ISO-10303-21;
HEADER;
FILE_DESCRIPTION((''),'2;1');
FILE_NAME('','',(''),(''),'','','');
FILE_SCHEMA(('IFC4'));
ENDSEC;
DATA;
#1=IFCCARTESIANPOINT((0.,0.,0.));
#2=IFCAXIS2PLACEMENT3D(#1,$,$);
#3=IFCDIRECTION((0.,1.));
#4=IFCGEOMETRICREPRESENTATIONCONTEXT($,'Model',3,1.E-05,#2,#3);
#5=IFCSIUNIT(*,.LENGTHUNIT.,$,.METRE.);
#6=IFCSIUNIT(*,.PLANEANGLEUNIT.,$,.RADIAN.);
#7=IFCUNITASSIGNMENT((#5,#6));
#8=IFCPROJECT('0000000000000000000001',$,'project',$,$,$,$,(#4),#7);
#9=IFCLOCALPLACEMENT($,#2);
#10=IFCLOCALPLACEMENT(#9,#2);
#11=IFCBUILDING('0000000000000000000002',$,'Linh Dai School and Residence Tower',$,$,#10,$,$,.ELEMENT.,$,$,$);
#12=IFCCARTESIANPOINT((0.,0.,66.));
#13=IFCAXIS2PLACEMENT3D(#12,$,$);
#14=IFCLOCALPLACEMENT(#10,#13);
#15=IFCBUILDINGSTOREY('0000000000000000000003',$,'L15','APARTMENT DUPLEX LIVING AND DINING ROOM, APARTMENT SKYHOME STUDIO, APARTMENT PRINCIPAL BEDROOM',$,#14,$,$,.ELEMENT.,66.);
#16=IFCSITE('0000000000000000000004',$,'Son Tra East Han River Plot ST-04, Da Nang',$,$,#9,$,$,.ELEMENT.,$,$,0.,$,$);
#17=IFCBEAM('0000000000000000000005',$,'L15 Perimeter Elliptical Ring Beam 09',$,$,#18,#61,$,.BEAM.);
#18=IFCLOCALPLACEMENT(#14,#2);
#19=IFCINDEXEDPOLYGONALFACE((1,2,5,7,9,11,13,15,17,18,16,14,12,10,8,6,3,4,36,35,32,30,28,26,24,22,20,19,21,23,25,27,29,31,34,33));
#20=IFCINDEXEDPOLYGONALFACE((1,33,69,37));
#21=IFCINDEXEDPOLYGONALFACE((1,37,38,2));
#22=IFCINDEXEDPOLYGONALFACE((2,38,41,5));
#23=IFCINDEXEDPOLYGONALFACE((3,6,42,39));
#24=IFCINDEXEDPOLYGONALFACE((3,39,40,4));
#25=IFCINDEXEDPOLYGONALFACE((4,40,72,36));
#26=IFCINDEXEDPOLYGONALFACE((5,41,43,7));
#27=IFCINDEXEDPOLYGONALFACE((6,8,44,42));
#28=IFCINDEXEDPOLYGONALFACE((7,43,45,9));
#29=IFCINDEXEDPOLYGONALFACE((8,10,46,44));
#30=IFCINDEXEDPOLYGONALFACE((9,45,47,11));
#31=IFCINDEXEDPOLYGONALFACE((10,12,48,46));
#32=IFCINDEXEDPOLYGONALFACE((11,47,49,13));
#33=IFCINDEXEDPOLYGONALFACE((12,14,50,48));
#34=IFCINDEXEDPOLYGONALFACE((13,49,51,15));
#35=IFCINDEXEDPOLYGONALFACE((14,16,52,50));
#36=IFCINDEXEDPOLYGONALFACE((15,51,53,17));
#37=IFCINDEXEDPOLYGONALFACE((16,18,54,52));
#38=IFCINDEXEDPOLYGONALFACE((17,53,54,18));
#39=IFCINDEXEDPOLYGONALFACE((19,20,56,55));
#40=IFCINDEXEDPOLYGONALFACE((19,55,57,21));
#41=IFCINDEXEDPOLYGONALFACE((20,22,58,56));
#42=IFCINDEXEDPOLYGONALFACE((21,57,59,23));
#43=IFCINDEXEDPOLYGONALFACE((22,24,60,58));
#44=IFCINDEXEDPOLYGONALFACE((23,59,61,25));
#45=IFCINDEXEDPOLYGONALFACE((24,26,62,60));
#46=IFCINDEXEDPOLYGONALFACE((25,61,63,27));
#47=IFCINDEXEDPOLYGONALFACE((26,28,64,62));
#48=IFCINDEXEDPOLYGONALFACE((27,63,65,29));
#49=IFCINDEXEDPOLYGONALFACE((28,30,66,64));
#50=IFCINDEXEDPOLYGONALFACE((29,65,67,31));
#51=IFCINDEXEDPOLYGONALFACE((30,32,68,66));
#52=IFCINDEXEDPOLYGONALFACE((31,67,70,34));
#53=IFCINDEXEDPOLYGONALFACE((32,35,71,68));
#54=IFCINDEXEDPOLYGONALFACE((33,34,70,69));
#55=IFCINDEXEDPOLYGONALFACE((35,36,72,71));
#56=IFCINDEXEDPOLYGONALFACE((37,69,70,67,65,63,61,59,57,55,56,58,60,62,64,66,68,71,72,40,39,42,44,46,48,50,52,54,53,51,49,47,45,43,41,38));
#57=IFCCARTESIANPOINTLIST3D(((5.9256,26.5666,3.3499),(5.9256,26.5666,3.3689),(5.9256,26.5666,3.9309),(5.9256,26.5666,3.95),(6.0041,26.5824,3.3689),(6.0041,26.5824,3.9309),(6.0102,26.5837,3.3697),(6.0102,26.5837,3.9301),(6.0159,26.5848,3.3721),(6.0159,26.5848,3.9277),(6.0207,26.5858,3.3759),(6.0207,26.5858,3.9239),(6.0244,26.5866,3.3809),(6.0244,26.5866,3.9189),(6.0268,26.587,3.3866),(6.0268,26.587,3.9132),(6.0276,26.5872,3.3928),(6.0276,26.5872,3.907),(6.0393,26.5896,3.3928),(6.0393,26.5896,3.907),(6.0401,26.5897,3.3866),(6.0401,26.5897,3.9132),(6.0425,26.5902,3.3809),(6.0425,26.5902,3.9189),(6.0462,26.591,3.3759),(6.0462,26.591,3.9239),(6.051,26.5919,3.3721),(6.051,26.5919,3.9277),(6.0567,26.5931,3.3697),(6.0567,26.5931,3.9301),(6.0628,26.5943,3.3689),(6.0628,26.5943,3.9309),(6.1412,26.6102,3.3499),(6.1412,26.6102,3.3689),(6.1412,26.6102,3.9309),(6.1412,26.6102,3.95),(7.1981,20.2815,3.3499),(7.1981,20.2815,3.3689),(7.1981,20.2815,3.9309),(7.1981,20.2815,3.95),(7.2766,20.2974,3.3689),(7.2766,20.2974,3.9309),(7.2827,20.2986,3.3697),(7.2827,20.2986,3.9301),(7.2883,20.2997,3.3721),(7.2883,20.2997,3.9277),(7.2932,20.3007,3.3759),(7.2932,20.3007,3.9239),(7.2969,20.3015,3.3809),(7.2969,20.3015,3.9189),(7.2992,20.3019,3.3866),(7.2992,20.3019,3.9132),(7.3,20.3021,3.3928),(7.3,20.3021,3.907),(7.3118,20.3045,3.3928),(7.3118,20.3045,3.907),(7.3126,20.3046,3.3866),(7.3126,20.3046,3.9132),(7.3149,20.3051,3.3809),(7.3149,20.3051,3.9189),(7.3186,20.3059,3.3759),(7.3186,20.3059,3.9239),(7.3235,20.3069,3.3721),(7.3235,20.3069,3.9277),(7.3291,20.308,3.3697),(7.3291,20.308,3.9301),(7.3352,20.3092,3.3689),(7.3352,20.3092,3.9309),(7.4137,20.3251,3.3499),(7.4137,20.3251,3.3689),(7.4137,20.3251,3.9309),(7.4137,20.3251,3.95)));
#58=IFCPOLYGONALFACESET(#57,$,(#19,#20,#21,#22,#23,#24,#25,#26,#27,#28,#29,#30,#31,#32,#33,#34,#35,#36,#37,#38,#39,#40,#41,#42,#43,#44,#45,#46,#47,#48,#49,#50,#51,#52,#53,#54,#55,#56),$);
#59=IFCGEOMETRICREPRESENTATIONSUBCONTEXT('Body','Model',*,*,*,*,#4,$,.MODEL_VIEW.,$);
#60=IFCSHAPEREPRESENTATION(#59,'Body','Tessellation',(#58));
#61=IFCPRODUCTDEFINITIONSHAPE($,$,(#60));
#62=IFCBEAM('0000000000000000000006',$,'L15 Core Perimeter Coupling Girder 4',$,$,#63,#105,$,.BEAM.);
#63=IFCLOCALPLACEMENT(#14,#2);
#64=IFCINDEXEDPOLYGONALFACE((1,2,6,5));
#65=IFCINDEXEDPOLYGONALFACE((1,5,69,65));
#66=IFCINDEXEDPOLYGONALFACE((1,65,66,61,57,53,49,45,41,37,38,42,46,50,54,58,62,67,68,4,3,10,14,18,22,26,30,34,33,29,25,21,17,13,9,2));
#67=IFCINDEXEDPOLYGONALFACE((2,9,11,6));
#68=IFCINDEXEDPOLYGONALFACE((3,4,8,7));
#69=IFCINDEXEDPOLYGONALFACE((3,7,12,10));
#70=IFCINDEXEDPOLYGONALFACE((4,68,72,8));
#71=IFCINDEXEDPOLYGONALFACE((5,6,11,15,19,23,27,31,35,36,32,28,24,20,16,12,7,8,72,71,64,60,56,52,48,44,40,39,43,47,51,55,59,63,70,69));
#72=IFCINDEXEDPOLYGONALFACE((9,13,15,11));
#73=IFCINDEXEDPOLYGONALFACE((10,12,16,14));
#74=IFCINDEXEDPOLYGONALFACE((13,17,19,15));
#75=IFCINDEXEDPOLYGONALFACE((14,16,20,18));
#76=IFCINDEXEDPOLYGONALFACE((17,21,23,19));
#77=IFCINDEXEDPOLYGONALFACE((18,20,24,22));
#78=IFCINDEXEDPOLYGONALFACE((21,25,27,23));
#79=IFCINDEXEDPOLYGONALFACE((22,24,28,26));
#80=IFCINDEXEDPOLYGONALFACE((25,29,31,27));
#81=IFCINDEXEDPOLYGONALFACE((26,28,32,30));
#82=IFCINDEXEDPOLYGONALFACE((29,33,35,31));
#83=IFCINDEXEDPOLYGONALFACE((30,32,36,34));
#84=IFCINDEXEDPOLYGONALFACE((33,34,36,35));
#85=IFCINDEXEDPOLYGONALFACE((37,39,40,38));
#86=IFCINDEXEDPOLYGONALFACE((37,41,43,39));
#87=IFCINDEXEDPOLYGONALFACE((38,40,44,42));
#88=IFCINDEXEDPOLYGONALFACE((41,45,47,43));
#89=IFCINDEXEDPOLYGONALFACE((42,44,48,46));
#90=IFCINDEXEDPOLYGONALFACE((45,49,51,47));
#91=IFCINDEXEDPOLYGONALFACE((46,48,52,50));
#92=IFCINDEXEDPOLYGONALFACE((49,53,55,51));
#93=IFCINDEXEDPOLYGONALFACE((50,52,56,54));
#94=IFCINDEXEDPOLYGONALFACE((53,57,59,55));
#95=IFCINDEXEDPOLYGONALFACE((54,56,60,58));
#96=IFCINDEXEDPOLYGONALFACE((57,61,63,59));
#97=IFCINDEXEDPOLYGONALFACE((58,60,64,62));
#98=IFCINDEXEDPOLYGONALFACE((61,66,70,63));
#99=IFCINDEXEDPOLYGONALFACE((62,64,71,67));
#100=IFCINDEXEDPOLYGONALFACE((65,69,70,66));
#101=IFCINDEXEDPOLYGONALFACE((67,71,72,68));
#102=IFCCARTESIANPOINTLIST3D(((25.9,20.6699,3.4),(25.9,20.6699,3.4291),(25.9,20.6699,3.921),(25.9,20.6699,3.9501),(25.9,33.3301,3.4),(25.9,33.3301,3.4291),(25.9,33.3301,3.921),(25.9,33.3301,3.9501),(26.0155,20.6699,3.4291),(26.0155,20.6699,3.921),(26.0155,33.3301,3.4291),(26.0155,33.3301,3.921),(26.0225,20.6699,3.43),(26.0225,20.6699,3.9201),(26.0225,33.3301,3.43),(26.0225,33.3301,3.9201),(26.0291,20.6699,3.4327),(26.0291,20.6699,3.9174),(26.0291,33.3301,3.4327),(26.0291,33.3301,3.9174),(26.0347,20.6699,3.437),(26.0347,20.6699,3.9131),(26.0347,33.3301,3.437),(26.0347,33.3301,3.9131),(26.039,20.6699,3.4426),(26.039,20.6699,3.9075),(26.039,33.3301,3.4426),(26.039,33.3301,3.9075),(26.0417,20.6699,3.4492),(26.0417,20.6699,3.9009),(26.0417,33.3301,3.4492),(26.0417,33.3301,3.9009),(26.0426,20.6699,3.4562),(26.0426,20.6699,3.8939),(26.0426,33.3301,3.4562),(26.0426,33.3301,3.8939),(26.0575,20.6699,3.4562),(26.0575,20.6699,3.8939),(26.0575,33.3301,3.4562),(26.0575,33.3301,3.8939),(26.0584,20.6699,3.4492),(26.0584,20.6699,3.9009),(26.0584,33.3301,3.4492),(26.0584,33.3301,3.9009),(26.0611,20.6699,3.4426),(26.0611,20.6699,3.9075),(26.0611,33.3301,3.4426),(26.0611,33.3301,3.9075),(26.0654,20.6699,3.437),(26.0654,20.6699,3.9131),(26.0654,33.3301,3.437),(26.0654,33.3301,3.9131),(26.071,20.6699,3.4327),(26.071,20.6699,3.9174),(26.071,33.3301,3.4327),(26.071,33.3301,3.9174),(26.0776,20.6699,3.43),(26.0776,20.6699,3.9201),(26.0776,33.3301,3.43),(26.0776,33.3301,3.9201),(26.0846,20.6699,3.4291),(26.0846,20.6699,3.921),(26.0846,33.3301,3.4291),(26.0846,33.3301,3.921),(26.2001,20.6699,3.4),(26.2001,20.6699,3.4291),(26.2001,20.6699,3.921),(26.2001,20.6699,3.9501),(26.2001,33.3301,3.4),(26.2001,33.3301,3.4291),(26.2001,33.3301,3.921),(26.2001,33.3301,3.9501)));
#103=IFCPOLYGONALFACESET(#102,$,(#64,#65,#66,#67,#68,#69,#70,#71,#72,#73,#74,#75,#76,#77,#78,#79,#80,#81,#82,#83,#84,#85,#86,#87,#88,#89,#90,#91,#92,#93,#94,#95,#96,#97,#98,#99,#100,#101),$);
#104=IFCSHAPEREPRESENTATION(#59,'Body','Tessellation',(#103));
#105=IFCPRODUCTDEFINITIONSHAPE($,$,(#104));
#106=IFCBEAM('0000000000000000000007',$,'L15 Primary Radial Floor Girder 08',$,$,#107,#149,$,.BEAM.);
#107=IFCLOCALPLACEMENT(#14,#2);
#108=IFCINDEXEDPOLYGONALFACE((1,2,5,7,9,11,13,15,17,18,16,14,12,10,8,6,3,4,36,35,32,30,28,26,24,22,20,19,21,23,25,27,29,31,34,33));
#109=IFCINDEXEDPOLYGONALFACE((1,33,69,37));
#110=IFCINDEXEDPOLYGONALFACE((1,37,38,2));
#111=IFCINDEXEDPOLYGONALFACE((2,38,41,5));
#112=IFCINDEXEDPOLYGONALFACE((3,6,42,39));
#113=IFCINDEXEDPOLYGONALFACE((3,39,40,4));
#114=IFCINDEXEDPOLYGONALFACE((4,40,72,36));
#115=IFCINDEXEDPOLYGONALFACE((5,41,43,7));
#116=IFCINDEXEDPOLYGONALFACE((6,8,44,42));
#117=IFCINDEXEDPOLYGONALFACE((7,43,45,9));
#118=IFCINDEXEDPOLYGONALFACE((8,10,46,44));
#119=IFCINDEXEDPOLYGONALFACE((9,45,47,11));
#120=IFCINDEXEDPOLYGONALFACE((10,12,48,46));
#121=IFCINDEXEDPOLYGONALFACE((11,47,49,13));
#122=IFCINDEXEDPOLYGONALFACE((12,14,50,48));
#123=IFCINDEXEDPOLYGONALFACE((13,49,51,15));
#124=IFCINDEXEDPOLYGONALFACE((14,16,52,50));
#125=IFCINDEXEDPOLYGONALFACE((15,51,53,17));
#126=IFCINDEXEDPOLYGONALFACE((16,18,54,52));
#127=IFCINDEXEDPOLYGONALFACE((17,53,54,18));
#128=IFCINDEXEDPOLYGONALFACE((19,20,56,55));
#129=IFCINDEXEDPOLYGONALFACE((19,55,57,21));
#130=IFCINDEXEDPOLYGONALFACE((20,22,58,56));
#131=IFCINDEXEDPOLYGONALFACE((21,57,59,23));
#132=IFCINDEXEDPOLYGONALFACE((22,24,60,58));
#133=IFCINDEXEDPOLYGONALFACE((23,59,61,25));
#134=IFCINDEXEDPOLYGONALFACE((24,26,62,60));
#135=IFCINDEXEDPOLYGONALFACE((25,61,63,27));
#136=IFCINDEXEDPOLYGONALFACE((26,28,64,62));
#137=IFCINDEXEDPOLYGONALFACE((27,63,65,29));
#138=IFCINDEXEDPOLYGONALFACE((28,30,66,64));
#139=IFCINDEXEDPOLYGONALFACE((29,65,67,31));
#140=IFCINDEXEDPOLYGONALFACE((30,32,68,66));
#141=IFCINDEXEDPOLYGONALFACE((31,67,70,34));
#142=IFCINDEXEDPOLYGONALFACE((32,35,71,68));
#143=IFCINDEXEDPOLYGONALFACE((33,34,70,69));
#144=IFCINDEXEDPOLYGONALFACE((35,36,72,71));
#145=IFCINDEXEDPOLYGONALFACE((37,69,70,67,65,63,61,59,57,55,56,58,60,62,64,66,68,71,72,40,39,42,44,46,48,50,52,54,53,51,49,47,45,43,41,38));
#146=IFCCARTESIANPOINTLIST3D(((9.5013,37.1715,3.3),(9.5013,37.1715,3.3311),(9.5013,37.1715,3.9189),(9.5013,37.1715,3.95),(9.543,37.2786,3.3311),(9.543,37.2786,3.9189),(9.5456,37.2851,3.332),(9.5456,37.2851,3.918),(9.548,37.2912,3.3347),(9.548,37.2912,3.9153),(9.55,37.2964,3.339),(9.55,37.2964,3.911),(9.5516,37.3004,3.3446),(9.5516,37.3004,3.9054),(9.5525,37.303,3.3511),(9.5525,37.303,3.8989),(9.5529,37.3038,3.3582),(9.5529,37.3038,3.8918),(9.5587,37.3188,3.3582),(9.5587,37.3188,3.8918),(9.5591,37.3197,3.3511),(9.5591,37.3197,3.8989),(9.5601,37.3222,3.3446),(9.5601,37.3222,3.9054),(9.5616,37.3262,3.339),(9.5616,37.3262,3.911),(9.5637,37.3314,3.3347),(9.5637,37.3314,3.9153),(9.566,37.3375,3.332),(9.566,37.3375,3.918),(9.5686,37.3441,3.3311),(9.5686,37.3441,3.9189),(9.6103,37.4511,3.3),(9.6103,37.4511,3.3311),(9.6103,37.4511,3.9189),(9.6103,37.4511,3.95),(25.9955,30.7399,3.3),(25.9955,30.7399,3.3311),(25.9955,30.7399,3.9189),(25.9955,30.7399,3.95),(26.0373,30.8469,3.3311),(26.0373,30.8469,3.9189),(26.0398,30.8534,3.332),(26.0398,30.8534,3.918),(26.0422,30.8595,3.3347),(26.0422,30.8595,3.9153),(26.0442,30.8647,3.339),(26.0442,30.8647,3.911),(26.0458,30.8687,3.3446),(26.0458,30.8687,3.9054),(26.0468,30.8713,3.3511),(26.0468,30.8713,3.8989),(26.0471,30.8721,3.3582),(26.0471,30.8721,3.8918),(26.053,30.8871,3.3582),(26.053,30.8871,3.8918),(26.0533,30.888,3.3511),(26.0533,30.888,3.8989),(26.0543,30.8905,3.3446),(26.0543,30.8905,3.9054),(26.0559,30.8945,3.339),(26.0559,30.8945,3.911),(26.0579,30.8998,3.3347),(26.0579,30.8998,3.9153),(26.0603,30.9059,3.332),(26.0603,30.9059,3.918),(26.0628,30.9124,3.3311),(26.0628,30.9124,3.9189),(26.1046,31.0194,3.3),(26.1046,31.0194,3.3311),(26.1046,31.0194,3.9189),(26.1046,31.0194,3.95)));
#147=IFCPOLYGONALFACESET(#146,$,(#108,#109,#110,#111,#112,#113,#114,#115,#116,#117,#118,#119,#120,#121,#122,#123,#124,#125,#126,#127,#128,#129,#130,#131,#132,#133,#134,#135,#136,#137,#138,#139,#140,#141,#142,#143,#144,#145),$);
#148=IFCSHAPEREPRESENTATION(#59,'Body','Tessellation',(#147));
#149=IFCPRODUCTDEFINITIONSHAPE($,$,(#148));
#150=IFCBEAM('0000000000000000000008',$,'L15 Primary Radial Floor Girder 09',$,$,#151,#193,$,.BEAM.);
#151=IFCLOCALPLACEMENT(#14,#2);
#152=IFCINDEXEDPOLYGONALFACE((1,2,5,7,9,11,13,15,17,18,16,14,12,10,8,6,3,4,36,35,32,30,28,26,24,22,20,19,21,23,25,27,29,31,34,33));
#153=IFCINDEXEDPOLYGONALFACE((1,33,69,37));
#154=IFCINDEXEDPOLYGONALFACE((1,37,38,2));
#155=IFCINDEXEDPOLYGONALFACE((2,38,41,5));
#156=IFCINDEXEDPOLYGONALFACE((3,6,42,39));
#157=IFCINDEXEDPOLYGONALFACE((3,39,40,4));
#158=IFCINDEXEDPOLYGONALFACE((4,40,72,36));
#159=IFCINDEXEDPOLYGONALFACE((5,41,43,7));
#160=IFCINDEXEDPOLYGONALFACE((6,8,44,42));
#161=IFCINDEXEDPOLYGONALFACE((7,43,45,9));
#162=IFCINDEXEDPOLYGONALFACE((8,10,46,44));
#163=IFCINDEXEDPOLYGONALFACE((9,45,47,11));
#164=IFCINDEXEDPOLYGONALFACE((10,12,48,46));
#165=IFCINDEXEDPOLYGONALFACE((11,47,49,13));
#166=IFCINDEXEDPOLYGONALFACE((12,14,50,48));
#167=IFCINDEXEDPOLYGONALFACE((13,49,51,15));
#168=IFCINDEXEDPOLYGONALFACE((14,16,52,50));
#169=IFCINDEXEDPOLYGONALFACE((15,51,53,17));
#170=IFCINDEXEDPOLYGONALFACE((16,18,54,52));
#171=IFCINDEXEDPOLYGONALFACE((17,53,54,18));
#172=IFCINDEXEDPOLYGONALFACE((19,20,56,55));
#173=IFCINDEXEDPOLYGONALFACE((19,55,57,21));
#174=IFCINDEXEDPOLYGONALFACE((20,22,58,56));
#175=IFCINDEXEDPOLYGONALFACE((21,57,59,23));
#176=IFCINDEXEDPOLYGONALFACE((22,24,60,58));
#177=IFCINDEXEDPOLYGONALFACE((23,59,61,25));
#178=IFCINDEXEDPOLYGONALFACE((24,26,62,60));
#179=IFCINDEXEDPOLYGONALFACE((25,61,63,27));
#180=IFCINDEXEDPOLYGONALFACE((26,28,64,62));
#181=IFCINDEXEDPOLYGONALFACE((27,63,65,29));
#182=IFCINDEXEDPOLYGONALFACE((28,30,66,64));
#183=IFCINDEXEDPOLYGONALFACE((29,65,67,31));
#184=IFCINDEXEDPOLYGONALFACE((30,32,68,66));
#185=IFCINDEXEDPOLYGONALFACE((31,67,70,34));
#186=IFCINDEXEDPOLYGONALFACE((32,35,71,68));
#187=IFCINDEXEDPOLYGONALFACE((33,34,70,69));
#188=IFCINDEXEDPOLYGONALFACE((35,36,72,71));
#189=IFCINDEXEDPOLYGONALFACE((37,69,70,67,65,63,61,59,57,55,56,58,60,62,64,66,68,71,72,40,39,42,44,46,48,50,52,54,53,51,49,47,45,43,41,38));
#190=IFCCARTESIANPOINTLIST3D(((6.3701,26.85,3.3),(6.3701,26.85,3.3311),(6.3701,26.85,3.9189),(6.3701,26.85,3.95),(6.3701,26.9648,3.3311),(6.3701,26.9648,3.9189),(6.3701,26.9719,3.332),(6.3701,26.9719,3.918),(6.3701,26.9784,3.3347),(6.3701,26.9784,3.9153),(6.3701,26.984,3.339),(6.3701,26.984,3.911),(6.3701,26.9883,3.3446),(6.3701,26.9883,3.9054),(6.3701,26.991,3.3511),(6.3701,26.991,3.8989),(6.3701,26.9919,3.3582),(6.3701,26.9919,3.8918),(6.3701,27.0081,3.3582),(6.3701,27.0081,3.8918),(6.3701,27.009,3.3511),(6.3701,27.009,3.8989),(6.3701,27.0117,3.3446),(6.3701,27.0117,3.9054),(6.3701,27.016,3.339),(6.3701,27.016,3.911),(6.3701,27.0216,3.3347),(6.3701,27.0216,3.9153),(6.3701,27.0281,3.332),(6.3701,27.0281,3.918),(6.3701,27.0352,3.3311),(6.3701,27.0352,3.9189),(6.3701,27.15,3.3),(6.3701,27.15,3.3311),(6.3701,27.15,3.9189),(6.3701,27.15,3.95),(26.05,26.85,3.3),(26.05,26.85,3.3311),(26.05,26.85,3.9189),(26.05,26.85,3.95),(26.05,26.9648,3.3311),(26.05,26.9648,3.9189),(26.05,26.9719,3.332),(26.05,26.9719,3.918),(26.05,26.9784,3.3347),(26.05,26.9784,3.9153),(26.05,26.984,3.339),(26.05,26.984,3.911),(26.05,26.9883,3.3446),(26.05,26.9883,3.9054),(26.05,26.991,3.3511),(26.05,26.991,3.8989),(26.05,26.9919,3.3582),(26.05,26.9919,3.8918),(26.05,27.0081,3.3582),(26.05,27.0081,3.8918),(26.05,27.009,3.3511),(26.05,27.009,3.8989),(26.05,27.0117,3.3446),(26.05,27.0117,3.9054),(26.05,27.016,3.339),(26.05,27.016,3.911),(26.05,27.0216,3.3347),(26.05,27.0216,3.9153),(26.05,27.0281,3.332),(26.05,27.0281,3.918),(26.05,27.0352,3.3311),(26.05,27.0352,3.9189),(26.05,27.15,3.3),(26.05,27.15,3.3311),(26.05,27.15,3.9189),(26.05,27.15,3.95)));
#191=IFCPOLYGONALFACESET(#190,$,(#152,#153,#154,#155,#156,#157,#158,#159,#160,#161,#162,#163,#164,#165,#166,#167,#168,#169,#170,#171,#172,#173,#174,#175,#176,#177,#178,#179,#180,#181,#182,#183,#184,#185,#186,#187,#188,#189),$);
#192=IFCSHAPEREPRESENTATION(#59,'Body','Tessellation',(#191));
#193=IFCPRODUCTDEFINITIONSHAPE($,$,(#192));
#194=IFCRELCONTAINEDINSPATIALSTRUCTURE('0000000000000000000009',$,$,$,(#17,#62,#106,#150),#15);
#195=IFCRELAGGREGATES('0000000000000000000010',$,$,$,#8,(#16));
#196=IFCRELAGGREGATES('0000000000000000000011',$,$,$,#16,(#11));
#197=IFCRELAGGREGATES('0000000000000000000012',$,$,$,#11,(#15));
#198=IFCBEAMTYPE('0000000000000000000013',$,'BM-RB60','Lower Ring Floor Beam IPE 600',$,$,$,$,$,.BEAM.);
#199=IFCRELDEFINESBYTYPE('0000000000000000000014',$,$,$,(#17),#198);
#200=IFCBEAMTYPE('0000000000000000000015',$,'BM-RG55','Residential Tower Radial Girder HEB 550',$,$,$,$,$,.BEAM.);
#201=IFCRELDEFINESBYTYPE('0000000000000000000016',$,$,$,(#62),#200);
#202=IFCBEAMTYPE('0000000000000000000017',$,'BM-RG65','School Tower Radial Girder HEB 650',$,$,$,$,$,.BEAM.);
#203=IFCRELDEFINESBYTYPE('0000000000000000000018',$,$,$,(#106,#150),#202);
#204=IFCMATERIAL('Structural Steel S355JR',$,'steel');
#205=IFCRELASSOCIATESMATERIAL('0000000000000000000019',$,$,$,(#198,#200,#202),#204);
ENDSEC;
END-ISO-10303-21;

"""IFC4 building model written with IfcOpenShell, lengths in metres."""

from ifc_helpers import new_model, si_unit, direction, frame, origin, origin_2d, place, context, subcontext, project, spatial, i_section, extrude, material, material_profile, profile_set, type_object, element, save


model = new_model("IFC4")

# Units and contexts
model_context = context("Model", 3, precision=1e-05, world=origin(), true_north=direction((0.0, 1.0)))
body_context = subcontext(model_context, "Body", "Model", "MODEL_VIEW")
ifc_project = project(units=[si_unit("LENGTHUNIT", "METRE"), si_unit("PLANEANGLEUNIT", "RADIAN")], contexts=[model_context])

# Site, building, storey
site_placement = place(None, origin())
site = spatial("IfcSite", under=ifc_project, at=site_placement, Name="Son Tra East Han River Plot ST-04, Da Nang", CompositionType="ELEMENT", RefElevation=0.0)
building_placement = place(site_placement, origin())
building = spatial("IfcBuilding", under=site, at=building_placement, Name="Linh Dai School and Residence Tower", CompositionType="ELEMENT")
storey_placement = place(building_placement, frame((0.0, 0.0, 66.0)))
storey = spatial("IfcBuildingStorey", under=building, at=storey_placement, Name="L15", Description="APARTMENT DUPLEX LIVING AND DINING ROOM, APARTMENT SKYHOME STUDIO, APARTMENT PRINCIPAL BEDROOM", CompositionType="ELEMENT", Elevation=66.0)

# Shared definitions
ifc_material_1 = material(Name="Structural Steel S355JR", Category="steel")

# Beams
ifc_material_profile_1 = material_profile(ifc_material_1, i_section(OverallWidth=0.22, OverallDepth=0.6001, WebThickness=0.012, FlangeThickness=0.019, FilletRadius=0.0239, at=origin_2d()), Name="IPE 600")
ifc_profile_set_1 = profile_set([ifc_material_profile_1], Name="Structural Steel S355JR")
beam_type_1 = type_object("IfcBeamType", Name="BM-RB60", Description="Lower Ring Floor Beam IPE 600", PredefinedType="BEAM", material=ifc_profile_set_1)
beam_1_placement = place(storey_placement, frame((6.0334, 26.5884, 3.6499), z_axis=(0.198429, -0.980115, 0.0), x_axis=(0.980115, 0.198429, 0.0)))
element("IfcBeam", 1, at=beam_1_placement, inside=storey, type_object=beam_type_1, Name="L15 Perimeter Elliptical Ring Beam 09", PredefinedType="BEAM", context=body_context, shape_type="SweptSolid", body=[
    extrude(i_section(OverallWidth=0.22, OverallDepth=0.6001, WebThickness=0.012, FlangeThickness=0.019, FilletRadius=0.0239, at=origin_2d()), origin(), (0.0, 0.0, 1.0), 6.4126),
])
ifc_material_profile_2 = material_profile(ifc_material_1, i_section(OverallWidth=0.3, OverallDepth=0.55, WebThickness=0.0149, FlangeThickness=0.0291, FilletRadius=0.0271, at=origin_2d()), Name="HEB 550")
ifc_profile_set_2 = profile_set([ifc_material_profile_2], Name="Structural Steel S355JR")
beam_type_2 = type_object("IfcBeamType", Name="BM-RG55", Description="Residential Tower Radial Girder HEB 550", PredefinedType="BEAM", material=ifc_profile_set_2)
beam_2_placement = place(storey_placement, frame((26.05, 33.3301, 3.675), z_axis=(0.0, -1.0, 0.0), x_axis=(1.0, 0.0, 0.0)))
element("IfcBeam", 2, at=beam_2_placement, inside=storey, type_object=beam_type_2, Name="L15 Core Perimeter Coupling Girder 4", PredefinedType="BEAM", context=body_context, shape_type="SweptSolid", body=[
    extrude(i_section(OverallWidth=0.3, OverallDepth=0.55, WebThickness=0.0149, FlangeThickness=0.0291, FilletRadius=0.0271, at=origin_2d()), origin(), (0.0, 0.0, 1.0), 12.6602),
])
ifc_material_profile_3 = material_profile(ifc_material_1, i_section(OverallWidth=0.3, OverallDepth=0.6499, WebThickness=0.0161, FlangeThickness=0.031, FilletRadius=0.0271, at=origin_2d()), Name="HEB 650")
ifc_profile_set_3 = profile_set([ifc_material_profile_3], Name="Structural Steel S355JR")
beam_type_3 = type_object("IfcBeamType", Name="BM-RG65", Description="School Tower Radial Girder HEB 650", PredefinedType="BEAM", material=ifc_profile_set_3)
beam_3_placement = place(storey_placement, frame((26.05, 30.8796, 3.625), z_axis=(-0.931675, 0.363293, 0.0), x_axis=(-0.363293, -0.931675, 0.0)))
element("IfcBeam", 3, at=beam_3_placement, inside=storey, type_object=beam_type_3, Name="L15 Primary Radial Floor Girder 08", PredefinedType="BEAM", context=body_context, shape_type="SweptSolid", body=[
    extrude(i_section(OverallWidth=0.3, OverallDepth=0.6499, WebThickness=0.0161, FlangeThickness=0.031, FilletRadius=0.0271, at=origin_2d()), origin(), (0.0, 0.0, 1.0), 17.7039),
])
beam_4_placement = place(storey_placement, frame((26.05, 27.0, 3.625), z_axis=(-1.0, 0.0, 0.0), x_axis=(0.0, -1.0, 0.0)))
element("IfcBeam", 4, at=beam_4_placement, inside=storey, type_object=beam_type_3, Name="L15 Primary Radial Floor Girder 09", PredefinedType="BEAM", context=body_context, shape_type="SweptSolid", body=[
    extrude(i_section(OverallWidth=0.3, OverallDepth=0.6499, WebThickness=0.0161, FlangeThickness=0.031, FilletRadius=0.0271, at=origin_2d()), origin(), (0.0, 0.0, 1.0), 19.6799),
])

save(model, "model.ifc")
